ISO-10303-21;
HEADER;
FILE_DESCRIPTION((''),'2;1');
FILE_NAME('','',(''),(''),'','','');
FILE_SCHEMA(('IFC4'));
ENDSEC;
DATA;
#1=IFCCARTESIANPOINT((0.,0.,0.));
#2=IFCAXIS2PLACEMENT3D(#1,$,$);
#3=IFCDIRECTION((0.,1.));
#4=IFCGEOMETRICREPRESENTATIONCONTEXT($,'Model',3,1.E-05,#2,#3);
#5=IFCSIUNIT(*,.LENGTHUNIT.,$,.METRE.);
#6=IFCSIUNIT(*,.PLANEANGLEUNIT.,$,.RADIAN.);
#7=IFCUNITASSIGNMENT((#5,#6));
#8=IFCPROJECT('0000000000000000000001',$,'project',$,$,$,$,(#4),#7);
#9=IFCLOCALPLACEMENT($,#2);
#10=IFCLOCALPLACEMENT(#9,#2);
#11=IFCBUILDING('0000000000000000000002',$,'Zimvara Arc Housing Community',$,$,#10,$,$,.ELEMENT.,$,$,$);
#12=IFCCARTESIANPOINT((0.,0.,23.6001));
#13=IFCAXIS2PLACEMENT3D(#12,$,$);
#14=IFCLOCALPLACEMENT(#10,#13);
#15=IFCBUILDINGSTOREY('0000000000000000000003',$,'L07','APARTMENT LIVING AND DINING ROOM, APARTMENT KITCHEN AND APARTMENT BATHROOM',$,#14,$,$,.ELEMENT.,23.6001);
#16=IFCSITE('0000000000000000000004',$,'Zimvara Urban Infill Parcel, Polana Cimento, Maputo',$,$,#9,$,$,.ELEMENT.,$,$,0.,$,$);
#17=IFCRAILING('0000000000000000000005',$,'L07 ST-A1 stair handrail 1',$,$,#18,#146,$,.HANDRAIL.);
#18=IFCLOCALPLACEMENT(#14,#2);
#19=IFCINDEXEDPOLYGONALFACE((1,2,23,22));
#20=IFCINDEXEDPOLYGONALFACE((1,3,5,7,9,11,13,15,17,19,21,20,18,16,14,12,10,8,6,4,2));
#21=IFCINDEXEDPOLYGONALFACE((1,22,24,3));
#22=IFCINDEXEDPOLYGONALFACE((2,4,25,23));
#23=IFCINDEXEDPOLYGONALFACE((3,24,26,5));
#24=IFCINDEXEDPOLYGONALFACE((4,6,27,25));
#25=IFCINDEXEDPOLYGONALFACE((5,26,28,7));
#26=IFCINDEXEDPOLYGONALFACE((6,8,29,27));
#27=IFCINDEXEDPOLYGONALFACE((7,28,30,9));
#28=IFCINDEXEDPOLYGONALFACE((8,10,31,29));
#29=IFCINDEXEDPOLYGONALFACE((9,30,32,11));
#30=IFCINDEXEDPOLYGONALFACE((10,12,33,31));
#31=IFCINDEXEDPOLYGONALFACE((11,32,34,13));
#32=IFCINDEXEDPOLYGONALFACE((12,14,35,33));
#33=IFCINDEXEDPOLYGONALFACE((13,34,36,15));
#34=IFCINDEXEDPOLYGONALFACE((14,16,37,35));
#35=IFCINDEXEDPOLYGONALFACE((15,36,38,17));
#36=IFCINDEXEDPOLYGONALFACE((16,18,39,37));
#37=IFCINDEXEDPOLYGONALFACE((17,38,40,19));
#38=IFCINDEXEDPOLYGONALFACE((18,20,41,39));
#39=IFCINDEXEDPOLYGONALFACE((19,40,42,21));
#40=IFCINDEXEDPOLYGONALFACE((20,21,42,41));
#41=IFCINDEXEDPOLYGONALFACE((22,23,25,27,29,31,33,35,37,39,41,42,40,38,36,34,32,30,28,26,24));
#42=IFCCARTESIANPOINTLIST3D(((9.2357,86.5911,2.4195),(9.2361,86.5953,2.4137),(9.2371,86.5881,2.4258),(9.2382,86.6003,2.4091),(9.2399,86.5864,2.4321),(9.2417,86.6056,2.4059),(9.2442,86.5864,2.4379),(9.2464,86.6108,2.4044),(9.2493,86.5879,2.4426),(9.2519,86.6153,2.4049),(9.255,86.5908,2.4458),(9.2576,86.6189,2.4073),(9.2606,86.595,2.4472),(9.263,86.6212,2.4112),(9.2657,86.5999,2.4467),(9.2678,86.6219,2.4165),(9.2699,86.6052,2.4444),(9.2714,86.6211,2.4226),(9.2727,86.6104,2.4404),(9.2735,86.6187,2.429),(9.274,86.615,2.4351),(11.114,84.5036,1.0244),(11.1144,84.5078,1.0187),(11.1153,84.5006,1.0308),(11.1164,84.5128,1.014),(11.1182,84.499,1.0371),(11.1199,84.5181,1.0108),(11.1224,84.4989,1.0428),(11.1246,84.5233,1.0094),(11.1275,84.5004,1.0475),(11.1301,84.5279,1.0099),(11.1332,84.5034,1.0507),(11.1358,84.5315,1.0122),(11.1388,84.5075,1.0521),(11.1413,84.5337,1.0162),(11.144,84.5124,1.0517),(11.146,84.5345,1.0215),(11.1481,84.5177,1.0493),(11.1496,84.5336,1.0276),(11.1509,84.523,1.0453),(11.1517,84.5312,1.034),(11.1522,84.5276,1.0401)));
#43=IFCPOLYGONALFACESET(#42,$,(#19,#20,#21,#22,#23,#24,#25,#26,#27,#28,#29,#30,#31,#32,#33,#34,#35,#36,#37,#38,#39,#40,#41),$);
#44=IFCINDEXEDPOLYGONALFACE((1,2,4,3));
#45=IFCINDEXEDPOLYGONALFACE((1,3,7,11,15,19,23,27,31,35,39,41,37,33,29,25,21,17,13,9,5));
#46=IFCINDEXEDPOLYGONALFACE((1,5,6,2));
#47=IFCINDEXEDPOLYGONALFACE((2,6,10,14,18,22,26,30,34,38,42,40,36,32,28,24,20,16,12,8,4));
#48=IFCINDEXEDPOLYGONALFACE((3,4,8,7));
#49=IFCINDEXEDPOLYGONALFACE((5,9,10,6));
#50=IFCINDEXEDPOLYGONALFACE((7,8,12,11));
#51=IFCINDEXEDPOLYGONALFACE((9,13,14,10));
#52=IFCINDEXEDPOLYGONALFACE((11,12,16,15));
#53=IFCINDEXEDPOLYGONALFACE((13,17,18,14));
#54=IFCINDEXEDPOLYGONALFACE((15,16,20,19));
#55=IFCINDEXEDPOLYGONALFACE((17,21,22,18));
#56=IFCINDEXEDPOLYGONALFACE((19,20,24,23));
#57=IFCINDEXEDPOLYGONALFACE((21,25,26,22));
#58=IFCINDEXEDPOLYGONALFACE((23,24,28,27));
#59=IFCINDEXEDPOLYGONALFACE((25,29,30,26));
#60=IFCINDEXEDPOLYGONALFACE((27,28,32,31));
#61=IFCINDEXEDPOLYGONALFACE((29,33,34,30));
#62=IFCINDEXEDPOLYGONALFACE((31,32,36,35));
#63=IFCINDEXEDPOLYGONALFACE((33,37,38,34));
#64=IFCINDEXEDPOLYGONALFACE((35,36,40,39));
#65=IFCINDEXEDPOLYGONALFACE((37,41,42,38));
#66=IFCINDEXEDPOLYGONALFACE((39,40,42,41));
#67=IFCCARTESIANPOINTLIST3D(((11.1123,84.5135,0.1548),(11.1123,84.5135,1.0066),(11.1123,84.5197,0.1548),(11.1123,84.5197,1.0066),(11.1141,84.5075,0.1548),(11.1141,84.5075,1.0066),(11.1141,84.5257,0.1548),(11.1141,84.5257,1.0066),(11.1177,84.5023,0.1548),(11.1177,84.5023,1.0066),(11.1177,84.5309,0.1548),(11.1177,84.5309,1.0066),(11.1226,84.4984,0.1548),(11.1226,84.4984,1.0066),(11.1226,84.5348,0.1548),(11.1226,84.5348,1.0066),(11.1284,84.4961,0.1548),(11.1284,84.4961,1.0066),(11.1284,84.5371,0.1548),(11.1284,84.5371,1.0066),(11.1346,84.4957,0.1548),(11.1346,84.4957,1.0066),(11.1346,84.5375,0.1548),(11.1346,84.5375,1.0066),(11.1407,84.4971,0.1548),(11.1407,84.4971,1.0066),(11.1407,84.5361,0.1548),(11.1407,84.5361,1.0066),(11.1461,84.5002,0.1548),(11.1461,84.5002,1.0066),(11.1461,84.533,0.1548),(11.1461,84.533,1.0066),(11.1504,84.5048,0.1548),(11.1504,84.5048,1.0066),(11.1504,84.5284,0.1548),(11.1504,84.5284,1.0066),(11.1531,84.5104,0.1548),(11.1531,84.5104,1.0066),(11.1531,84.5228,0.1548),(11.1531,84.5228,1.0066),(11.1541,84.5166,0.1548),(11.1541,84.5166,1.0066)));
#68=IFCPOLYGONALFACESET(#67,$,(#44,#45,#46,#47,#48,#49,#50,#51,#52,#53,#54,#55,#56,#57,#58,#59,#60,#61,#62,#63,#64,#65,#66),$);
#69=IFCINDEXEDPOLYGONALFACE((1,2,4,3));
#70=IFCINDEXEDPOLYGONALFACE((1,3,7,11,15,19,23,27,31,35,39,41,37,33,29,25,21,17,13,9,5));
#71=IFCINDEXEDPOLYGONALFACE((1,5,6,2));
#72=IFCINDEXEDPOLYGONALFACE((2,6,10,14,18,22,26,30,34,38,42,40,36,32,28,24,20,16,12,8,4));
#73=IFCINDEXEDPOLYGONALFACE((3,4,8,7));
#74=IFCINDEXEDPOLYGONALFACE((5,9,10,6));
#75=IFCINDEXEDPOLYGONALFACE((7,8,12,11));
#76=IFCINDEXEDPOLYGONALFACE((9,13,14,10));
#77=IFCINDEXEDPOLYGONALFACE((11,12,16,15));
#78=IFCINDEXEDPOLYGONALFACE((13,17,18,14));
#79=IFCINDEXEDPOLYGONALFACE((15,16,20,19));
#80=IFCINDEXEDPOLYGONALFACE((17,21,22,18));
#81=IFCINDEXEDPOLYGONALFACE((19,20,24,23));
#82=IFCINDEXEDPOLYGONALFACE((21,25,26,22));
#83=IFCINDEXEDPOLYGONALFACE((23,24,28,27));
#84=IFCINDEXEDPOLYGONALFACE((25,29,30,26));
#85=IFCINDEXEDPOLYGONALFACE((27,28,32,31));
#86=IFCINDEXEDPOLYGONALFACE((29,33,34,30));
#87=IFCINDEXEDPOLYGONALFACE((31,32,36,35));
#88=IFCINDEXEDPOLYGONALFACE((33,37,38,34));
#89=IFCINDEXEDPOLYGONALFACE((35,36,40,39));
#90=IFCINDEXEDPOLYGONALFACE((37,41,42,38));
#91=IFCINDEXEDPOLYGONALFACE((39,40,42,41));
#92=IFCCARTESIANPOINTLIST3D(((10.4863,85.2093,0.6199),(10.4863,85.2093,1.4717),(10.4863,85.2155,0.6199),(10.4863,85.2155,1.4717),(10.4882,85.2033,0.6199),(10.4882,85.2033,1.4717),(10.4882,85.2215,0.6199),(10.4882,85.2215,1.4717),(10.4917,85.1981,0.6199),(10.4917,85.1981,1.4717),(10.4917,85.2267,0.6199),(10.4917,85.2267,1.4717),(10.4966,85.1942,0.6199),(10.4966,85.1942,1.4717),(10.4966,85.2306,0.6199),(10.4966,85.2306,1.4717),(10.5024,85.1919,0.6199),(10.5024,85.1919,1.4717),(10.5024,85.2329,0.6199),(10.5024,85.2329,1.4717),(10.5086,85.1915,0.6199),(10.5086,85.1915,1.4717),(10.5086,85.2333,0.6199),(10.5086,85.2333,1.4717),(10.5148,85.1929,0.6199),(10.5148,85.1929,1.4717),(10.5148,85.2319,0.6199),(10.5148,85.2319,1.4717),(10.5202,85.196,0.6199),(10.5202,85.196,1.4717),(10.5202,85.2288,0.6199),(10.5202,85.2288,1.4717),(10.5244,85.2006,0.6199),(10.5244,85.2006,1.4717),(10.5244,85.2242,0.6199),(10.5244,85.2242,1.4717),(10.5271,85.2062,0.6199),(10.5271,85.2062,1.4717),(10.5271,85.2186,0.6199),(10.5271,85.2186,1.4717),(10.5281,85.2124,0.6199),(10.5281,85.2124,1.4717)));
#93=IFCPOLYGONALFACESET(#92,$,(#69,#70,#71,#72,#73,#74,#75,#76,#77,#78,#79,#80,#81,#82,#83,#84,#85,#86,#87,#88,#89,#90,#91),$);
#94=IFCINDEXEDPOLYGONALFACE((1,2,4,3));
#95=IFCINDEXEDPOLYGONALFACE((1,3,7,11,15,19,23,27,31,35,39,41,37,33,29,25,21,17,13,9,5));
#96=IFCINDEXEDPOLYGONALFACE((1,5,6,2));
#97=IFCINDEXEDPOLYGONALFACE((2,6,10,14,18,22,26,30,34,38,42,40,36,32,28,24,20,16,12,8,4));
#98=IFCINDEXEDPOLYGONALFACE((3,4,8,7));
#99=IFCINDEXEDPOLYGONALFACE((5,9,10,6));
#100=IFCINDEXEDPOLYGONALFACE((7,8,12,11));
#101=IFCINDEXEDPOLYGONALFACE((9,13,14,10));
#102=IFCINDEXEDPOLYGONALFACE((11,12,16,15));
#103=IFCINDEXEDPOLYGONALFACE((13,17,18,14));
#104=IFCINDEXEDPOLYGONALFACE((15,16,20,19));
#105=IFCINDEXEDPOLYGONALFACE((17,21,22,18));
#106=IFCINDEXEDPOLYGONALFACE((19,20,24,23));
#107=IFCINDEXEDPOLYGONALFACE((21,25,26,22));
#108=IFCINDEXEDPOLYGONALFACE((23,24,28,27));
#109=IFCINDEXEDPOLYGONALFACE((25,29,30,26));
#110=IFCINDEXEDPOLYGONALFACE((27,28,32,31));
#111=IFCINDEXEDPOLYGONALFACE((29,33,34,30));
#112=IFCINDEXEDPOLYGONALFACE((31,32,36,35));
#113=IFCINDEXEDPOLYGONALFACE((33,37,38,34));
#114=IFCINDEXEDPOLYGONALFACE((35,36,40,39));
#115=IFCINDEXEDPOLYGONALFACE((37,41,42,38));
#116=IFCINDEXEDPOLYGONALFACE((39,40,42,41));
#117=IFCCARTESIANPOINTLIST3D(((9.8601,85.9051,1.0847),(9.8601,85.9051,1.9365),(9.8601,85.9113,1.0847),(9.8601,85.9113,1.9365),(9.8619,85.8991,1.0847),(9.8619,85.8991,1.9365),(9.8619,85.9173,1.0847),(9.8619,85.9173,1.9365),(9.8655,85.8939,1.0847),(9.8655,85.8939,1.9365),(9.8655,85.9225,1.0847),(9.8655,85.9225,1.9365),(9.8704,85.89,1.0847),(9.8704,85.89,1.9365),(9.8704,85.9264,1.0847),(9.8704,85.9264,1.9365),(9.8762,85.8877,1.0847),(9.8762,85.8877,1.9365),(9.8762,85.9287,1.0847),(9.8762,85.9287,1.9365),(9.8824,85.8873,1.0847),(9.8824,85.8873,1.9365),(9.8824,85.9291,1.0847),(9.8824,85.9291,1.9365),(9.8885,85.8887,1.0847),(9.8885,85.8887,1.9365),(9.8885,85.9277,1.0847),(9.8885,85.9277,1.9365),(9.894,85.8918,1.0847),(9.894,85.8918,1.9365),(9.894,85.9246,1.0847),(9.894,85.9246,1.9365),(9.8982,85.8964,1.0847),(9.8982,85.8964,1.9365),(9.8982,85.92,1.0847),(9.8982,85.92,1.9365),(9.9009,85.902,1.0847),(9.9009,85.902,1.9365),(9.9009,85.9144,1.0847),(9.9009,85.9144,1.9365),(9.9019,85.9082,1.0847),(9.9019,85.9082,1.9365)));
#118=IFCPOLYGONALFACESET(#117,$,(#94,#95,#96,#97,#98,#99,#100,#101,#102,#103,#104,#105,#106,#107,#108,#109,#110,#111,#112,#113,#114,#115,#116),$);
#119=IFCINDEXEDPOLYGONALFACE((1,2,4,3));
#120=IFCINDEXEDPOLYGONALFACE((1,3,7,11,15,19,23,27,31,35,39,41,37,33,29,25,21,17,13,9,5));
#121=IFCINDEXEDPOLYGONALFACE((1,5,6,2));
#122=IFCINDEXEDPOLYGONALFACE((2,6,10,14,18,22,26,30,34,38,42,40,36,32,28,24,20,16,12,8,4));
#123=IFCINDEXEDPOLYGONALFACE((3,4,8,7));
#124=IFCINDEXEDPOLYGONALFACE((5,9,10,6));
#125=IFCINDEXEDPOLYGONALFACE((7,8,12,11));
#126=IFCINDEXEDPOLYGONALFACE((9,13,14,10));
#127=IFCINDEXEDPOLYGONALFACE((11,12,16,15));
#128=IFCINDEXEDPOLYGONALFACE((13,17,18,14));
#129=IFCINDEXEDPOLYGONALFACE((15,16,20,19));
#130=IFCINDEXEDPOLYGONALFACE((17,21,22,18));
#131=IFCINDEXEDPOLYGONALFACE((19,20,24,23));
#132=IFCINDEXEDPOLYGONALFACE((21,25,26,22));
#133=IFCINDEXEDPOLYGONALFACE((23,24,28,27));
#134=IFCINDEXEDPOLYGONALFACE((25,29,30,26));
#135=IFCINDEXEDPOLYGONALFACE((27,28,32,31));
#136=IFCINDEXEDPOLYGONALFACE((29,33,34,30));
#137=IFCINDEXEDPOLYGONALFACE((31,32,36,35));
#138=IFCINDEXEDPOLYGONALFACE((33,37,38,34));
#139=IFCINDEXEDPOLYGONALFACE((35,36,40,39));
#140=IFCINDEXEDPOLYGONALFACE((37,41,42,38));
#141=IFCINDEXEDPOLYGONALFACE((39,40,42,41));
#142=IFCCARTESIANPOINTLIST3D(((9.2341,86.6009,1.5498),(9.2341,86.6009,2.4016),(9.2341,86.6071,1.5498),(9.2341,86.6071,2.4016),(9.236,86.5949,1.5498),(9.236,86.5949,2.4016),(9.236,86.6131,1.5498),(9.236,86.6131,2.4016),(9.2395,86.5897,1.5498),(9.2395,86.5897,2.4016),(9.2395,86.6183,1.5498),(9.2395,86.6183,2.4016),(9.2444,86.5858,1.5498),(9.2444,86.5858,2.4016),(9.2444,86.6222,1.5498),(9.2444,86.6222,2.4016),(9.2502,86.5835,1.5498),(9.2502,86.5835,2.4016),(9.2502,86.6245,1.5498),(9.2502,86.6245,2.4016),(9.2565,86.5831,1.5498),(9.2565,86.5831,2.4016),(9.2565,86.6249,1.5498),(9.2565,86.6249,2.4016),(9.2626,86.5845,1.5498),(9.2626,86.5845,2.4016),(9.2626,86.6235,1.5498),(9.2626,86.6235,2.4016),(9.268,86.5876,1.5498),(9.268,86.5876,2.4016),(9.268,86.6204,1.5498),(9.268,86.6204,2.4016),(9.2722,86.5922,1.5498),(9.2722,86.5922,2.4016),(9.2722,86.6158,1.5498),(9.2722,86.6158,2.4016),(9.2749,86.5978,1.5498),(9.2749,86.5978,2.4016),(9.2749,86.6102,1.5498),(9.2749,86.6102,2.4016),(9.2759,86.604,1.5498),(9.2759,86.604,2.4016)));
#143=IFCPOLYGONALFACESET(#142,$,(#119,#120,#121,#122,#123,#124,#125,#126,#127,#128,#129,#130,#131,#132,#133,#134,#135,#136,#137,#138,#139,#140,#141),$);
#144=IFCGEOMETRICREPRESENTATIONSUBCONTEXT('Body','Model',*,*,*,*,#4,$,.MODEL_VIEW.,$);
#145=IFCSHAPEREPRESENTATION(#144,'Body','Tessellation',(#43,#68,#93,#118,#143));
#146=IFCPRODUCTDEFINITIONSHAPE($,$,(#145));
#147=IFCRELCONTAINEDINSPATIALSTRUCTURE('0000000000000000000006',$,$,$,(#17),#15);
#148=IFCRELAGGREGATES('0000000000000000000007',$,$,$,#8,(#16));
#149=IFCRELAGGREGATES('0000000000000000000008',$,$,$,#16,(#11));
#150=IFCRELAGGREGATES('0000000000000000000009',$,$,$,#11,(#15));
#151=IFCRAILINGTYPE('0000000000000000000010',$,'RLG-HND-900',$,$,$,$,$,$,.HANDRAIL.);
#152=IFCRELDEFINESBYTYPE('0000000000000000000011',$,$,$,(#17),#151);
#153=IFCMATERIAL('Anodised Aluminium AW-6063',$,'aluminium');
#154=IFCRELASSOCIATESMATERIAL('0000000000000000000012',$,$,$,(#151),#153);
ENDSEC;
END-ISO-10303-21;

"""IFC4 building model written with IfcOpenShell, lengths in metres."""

from ifc_helpers import new_model, si_unit, direction, frame, origin, origin_2d, place, context, subcontext, project, spatial, circle, extrude, material, type_object, element, save


model = new_model("IFC4")

# Units and contexts
model_context = context("Model", 3, precision=1e-05, world=origin(), true_north=direction((0.0, 1.0)))
body_context = subcontext(model_context, "Body", "Model", "MODEL_VIEW")
ifc_project = project(units=[si_unit("LENGTHUNIT", "METRE"), si_unit("PLANEANGLEUNIT", "RADIAN")], contexts=[model_context])

# Site, building, storey
site_placement = place(None, origin())
site = spatial("IfcSite", under=ifc_project, at=site_placement, Name="Zimvara Urban Infill Parcel, Polana Cimento, Maputo", CompositionType="ELEMENT", RefElevation=0.0)
building_placement = place(site_placement, origin())
building = spatial("IfcBuilding", under=site, at=building_placement, Name="Zimvara Arc Housing Community", CompositionType="ELEMENT")
storey_placement = place(building_placement, frame((0.0, 0.0, 23.6001)))
storey = spatial("IfcBuildingStorey", under=building, at=storey_placement, Name="L07", Description="APARTMENT LIVING AND DINING ROOM, APARTMENT KITCHEN AND APARTMENT BATHROOM", CompositionType="ELEMENT", Elevation=23.6001)

# Railing
ifc_material_1 = material(Name="Anodised Aluminium AW-6063", Category="aluminium")
railing_type_1 = type_object("IfcRailingType", Name="RLG-HND-900", PredefinedType="HANDRAIL", material=ifc_material_1)
railing_1_placement = place(storey_placement, frame((11.1331, 84.5166, 0.1548)))
element("IfcRailing", 1, at=railing_1_placement, inside=storey, type_object=railing_type_1, Name="L07 ST-A1 stair handrail 1", PredefinedType="HANDRAIL", context=body_context, shape_type="SweptSolid", body=[
    extrude(circle(Radius=0.0239, at=origin_2d()), frame((0.0, 0.0, 0.876), z_axis=(-0.599018, 0.665749, 0.444923), x_axis=(-0.743381, -0.668869, 0.0)), (0.0, 0.0, 1.0), 3.1355),
    extrude(circle(Radius=0.021, at=origin_2d()), origin(), (0.0, 0.0, 1.0), 0.8518),
    extrude(circle(Radius=0.021, at=origin_2d()), frame((-0.626, 0.6958, 0.4651)), (0.0, 0.0, 1.0), 0.8518),
    extrude(circle(Radius=0.021, at=origin_2d()), frame((-1.2522, 1.3916, 0.9299)), (0.0, 0.0, 1.0), 0.8518),
    extrude(circle(Radius=0.021, at=origin_2d()), frame((-1.8782, 2.0874, 1.395)), (0.0, 0.0, 1.0), 0.8518),
])

save(model, "model.ifc")
